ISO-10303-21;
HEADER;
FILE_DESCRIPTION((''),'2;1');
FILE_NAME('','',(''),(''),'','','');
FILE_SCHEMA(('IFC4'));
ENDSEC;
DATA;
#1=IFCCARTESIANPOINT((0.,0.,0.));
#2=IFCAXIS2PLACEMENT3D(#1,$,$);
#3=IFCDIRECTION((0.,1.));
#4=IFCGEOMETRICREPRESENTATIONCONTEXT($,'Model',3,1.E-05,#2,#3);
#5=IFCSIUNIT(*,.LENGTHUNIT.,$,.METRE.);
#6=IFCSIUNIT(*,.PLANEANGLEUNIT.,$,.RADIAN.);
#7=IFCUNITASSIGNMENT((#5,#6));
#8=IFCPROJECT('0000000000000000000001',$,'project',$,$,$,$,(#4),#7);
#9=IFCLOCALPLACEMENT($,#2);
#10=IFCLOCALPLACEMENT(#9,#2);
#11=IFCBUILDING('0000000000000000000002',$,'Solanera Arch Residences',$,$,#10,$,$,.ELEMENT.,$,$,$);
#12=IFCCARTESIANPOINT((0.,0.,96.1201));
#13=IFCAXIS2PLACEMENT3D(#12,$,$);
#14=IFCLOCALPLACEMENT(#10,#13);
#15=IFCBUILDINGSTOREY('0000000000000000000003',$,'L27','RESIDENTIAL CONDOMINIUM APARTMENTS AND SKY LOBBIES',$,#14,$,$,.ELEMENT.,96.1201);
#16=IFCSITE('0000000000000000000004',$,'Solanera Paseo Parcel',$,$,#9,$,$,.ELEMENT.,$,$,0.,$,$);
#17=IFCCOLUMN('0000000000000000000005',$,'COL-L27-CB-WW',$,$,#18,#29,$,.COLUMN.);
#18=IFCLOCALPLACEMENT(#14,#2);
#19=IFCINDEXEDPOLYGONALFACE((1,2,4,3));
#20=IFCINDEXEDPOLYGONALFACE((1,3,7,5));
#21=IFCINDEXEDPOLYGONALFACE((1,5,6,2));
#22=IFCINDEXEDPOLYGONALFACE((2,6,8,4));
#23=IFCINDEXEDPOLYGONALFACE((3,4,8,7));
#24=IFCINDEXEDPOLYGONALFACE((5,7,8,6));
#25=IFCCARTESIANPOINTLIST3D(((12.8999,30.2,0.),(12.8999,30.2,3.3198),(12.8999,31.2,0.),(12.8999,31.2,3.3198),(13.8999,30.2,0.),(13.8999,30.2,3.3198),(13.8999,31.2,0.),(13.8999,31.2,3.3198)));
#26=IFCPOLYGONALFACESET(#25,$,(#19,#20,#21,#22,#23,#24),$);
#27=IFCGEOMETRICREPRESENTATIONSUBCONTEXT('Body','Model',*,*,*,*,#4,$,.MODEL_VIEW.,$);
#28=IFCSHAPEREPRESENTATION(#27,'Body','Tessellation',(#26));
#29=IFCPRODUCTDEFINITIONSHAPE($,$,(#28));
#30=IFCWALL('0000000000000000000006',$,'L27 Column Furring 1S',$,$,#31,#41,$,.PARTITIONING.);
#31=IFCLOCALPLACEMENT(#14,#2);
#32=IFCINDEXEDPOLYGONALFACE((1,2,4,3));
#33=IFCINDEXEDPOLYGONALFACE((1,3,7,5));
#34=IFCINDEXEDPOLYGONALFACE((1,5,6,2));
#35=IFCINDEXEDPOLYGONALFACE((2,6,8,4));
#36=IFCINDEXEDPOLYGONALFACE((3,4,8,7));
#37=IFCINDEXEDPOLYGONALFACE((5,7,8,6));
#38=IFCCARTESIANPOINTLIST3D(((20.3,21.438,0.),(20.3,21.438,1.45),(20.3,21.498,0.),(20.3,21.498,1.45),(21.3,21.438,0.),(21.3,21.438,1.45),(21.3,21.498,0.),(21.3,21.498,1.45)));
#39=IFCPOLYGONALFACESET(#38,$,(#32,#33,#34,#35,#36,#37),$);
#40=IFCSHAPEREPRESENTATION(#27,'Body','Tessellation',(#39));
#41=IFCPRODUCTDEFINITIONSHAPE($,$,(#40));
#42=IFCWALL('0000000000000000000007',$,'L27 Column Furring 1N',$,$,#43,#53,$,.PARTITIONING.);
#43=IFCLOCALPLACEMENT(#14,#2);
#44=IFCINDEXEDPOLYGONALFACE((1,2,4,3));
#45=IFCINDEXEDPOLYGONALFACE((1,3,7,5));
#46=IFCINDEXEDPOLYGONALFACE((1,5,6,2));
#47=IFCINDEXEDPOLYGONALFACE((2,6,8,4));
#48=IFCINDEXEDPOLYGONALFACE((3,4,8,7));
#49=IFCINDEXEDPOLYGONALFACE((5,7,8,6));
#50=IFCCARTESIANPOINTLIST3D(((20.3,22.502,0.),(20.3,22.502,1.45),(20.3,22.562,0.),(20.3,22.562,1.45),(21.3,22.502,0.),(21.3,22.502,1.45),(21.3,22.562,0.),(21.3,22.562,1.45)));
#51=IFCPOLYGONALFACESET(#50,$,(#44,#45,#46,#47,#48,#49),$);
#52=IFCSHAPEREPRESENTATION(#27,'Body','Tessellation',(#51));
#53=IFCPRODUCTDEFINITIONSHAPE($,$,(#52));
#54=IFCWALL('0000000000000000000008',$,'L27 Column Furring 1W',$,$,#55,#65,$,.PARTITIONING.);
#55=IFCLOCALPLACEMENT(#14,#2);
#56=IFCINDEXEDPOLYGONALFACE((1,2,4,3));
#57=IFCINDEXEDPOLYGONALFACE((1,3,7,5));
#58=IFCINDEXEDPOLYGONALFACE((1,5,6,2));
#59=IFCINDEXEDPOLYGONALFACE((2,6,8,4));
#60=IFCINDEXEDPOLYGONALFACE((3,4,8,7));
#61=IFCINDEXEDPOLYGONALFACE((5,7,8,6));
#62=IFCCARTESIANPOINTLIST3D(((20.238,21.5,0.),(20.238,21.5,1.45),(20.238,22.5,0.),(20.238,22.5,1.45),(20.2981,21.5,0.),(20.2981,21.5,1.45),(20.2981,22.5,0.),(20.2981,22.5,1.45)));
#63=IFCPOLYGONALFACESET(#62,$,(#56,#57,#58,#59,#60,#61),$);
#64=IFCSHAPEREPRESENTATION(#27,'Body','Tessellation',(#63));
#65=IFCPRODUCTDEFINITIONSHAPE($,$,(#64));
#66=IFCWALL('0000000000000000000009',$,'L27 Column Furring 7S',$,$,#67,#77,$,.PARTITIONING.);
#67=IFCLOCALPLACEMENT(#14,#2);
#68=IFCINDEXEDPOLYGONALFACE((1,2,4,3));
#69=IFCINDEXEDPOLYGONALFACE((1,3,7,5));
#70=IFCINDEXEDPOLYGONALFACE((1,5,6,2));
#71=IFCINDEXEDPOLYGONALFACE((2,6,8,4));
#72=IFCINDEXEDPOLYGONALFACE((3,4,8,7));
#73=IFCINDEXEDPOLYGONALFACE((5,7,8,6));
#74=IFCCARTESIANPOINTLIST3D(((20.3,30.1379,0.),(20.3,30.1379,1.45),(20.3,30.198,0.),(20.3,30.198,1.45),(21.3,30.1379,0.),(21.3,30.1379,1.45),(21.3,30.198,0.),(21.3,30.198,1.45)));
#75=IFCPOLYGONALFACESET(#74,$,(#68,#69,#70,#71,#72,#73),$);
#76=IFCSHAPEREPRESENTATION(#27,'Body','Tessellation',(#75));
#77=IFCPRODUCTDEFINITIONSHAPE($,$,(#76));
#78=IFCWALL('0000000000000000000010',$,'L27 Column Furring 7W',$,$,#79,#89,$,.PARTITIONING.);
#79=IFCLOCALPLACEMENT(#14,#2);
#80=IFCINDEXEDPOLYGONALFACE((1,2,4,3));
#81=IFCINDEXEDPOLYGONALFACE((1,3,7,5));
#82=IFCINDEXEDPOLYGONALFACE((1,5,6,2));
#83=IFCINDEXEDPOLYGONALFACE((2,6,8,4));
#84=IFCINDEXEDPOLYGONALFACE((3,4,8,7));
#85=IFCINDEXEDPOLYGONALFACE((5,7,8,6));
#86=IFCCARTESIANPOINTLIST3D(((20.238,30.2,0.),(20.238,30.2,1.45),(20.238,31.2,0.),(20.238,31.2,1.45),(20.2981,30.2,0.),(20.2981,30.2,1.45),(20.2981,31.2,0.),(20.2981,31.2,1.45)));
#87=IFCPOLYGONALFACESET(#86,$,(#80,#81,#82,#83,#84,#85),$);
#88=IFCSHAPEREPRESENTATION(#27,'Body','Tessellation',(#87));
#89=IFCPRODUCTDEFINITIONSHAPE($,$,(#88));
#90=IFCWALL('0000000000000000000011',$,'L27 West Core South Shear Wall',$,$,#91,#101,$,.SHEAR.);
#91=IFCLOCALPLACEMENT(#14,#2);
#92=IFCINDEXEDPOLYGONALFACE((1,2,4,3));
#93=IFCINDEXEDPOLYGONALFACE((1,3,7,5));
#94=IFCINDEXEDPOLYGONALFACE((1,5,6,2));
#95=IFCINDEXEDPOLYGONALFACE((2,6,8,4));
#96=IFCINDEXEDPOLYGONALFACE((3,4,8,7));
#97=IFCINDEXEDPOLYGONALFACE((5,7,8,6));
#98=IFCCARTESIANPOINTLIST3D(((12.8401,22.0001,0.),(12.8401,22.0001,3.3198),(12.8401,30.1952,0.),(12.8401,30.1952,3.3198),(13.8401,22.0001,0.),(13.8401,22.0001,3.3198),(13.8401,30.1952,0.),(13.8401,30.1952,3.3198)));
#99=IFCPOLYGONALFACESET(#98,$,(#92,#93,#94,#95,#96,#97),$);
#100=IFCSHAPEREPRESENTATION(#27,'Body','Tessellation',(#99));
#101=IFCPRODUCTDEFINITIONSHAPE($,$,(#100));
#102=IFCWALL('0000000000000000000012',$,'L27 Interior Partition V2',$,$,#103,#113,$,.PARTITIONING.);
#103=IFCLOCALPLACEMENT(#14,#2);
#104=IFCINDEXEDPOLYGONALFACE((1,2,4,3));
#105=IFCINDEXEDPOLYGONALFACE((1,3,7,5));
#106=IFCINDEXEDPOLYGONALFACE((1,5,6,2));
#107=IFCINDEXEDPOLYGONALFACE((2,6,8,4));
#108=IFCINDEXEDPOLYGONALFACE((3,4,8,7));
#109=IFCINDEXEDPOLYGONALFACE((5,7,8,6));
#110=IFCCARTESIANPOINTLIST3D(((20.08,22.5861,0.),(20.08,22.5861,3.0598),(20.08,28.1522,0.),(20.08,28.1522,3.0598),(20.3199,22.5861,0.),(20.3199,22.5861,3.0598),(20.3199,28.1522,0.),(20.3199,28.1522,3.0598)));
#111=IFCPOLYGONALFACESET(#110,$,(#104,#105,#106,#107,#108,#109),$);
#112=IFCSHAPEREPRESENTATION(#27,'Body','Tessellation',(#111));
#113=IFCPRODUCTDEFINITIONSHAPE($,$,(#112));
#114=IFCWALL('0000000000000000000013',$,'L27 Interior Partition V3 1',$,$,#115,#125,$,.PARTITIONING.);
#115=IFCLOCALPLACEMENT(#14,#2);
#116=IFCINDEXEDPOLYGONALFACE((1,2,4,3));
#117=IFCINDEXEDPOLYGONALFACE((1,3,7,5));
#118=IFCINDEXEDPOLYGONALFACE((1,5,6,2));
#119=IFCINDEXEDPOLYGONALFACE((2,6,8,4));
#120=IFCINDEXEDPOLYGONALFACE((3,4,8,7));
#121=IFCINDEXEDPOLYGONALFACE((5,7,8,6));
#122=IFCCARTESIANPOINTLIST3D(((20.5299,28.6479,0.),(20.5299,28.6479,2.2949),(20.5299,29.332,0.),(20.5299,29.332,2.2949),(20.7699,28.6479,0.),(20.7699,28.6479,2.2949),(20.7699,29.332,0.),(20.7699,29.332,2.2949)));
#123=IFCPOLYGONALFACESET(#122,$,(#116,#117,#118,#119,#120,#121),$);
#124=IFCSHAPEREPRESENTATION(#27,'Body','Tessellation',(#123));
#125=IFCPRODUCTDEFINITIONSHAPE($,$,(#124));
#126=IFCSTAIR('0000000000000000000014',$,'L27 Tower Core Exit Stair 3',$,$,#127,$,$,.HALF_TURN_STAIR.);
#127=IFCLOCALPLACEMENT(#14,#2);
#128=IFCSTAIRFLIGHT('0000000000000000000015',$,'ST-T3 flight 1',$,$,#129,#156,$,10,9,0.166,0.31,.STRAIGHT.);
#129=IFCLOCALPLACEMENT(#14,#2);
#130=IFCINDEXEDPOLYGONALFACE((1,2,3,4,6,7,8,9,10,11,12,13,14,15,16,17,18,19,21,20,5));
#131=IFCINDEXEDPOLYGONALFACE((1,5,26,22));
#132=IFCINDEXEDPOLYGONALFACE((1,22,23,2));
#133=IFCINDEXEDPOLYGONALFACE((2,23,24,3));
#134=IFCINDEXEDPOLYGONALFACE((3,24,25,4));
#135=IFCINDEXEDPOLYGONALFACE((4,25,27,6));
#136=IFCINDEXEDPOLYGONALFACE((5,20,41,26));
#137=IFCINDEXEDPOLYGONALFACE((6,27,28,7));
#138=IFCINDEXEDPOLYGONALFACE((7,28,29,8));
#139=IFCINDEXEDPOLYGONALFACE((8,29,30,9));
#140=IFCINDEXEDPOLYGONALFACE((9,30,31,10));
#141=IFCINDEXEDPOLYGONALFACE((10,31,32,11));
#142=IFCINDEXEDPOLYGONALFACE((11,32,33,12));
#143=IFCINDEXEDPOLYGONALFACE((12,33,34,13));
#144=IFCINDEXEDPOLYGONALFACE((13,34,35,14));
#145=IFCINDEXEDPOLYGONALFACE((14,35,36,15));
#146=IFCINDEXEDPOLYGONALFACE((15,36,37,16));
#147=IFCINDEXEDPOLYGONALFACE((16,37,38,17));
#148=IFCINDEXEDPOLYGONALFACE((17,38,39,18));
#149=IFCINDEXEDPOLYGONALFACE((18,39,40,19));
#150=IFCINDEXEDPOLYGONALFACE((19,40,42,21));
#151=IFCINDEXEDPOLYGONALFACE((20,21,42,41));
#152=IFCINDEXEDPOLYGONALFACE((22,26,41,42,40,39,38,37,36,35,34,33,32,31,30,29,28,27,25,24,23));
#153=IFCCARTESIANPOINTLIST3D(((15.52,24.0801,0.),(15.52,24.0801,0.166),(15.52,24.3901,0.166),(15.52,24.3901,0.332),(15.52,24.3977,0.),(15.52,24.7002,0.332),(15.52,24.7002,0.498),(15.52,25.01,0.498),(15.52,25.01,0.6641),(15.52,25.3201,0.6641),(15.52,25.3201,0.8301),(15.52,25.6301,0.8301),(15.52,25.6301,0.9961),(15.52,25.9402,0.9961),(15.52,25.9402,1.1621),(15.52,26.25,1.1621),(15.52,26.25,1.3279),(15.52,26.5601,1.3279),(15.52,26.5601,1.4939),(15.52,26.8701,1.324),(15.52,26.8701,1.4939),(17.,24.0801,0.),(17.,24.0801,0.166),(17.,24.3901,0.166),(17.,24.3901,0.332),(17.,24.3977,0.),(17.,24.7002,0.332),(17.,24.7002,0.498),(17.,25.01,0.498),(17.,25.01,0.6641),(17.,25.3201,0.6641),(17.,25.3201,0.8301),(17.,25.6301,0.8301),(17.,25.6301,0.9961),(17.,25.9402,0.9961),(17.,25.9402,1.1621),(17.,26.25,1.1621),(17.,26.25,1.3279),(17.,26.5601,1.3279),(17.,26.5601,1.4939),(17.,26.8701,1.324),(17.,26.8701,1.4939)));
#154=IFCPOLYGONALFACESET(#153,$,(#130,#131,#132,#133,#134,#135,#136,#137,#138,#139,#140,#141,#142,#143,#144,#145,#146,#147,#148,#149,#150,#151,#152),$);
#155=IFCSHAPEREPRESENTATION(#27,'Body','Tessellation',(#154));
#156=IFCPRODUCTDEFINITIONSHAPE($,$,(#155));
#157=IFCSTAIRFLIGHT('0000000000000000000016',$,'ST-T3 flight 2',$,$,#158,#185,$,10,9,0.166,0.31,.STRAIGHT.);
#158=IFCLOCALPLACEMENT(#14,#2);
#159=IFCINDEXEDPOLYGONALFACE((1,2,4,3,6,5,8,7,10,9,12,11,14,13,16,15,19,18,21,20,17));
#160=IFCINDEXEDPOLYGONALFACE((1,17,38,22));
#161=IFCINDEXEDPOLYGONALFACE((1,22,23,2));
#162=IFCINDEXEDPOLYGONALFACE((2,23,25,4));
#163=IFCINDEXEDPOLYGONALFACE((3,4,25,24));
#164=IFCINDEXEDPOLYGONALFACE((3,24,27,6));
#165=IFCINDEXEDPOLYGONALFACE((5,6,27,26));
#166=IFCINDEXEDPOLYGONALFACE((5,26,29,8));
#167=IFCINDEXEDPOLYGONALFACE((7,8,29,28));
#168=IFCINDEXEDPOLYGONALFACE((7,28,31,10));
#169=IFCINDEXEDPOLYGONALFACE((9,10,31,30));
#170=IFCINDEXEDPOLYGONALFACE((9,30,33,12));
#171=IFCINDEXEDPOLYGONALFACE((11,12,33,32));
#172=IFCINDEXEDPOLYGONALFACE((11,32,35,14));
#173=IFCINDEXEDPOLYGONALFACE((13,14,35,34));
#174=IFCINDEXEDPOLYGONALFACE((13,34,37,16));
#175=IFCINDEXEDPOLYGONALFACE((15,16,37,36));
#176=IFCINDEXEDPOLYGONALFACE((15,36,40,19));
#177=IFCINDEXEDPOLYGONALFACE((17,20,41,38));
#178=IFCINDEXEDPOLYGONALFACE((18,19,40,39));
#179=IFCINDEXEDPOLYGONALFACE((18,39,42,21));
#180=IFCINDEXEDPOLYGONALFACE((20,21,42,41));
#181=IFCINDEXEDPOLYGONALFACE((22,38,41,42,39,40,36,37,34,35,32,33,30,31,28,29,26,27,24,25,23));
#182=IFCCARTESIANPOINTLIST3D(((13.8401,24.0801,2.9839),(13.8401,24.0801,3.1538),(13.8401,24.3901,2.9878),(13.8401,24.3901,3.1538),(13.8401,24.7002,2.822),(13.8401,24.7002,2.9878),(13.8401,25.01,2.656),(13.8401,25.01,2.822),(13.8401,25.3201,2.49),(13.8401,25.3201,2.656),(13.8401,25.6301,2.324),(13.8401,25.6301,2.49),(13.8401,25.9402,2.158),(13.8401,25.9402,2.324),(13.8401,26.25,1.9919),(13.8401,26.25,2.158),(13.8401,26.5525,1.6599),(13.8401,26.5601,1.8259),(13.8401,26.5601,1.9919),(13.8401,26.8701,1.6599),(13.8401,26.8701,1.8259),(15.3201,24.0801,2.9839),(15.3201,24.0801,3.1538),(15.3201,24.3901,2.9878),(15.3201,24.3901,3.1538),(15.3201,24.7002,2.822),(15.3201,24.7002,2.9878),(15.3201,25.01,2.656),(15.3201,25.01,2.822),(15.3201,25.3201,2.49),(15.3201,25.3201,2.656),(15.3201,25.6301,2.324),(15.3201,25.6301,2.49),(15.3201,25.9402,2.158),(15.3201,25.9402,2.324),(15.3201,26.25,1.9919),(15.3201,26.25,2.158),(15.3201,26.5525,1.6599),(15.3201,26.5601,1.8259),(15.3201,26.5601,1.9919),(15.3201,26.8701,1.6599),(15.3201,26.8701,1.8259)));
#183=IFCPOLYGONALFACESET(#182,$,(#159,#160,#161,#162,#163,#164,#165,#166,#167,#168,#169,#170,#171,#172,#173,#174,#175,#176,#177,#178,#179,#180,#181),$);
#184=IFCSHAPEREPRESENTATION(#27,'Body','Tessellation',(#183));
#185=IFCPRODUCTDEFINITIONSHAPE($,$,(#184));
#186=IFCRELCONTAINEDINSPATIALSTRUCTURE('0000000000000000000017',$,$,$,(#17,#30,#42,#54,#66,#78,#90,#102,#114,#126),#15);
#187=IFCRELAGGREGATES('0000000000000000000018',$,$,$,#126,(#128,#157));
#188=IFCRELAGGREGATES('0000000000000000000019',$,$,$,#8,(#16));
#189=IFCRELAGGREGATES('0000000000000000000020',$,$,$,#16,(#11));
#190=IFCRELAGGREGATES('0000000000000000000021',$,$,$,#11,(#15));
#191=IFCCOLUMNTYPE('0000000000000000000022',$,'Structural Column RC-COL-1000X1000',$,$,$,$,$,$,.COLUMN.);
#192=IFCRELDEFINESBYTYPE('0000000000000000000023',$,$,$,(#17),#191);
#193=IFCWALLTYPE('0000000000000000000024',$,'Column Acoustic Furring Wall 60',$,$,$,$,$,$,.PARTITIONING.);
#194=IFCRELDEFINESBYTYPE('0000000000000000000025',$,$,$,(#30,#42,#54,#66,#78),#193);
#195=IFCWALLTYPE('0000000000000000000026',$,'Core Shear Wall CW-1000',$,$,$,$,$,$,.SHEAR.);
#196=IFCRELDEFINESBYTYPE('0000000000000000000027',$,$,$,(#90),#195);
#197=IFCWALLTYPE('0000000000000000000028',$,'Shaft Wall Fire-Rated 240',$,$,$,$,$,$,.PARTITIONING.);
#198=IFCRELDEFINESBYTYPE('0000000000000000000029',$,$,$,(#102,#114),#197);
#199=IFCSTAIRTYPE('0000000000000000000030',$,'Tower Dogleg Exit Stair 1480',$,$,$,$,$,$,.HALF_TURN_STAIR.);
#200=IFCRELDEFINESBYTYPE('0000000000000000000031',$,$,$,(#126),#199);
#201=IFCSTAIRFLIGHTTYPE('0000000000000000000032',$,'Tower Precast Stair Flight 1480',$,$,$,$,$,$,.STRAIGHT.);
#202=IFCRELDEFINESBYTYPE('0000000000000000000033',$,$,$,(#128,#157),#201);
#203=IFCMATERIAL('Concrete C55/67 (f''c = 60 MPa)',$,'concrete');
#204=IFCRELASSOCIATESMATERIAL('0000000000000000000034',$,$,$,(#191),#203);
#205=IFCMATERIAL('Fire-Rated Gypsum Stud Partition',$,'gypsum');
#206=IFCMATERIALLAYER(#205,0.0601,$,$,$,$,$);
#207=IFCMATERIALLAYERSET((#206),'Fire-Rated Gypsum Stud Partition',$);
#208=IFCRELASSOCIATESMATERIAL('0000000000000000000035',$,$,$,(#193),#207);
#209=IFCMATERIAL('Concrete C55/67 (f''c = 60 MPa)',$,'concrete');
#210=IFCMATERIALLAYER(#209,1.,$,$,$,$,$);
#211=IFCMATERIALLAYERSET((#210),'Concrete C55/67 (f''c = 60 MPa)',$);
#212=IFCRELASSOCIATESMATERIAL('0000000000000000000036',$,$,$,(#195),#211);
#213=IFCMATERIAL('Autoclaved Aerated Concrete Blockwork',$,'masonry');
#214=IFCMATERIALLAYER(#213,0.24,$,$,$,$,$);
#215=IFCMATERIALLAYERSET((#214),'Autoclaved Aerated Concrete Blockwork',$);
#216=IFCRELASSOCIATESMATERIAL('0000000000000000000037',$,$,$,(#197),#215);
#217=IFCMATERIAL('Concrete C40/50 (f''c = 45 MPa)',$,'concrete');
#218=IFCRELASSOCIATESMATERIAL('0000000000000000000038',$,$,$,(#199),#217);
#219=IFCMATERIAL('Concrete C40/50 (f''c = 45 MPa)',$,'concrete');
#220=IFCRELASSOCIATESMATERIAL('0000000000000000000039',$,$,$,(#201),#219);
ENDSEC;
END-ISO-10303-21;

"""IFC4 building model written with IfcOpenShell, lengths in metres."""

from ifc_helpers import new_model, si_unit, direction, frame, frame_2d, origin, origin_2d, place, context, subcontext, project, spatial, polyline, rectangle, outline, extrude, material, layer, layer_set, material_profile, profile_set, type_object, element, aggregate, save


model = new_model("IFC4")

# Units and contexts
model_context = context("Model", 3, precision=1e-05, world=origin(), true_north=direction((0.0, 1.0)))
body_context = subcontext(model_context, "Body", "Model", "MODEL_VIEW")
ifc_project = project(units=[si_unit("LENGTHUNIT", "METRE"), si_unit("PLANEANGLEUNIT", "RADIAN")], contexts=[model_context])

# Site, building, storey
site_placement = place(None, origin())
site = spatial("IfcSite", under=ifc_project, at=site_placement, Name="Solanera Paseo Parcel", CompositionType="ELEMENT", RefElevation=0.0)
building_placement = place(site_placement, origin())
building = spatial("IfcBuilding", under=site, at=building_placement, Name="Solanera Arch Residences", CompositionType="ELEMENT")
storey_placement = place(building_placement, frame((0.0, 0.0, 96.1201)))
storey = spatial("IfcBuildingStorey", under=building, at=storey_placement, Name="L27", Description="RESIDENTIAL CONDOMINIUM APARTMENTS AND SKY LOBBIES", CompositionType="ELEMENT", Elevation=96.1201)

# Column
ifc_material_1 = material(Name="Concrete C55/67 (f'c = 60 MPa)", Category="concrete")
ifc_material_profile = material_profile(ifc_material_1, rectangle(XDim=1.0, YDim=1.0, at=origin_2d()))
ifc_profile_set = profile_set([ifc_material_profile], Name="Concrete C55/67 (f'c = 60 MPa)")
column_type = type_object("IfcColumnType", Name="Structural Column RC-COL-1000X1000", PredefinedType="COLUMN", material=ifc_profile_set)
column_placement = place(storey_placement, frame((13.3999, 30.7, 0.0), z_axis=(0.0, 0.0, 1.0), x_axis=(1.0, 0.0, 0.0)))
element("IfcColumn", 1, at=column_placement, inside=storey, type_object=column_type, Name="COL-L27-CB-WW", PredefinedType="COLUMN", context=body_context, shape_type="SweptSolid", body=[
    extrude(rectangle(XDim=1.0, YDim=1.0, at=origin_2d()), origin(), (0.0, 0.0, 1.0), 3.3198),
])

# Walls
ifc_material_2 = material(Name="Fire-Rated Gypsum Stud Partition", Category="gypsum")
ifc_layer_1 = layer(ifc_material_2, 0.0601)
ifc_layer_set_1 = layer_set([ifc_layer_1], Name="Fire-Rated Gypsum Stud Partition")
wall_type_1 = type_object("IfcWallType", Name="Column Acoustic Furring Wall 60", PredefinedType="PARTITIONING", material=ifc_layer_set_1)
for number, where, z_axis, x_axis, name in (
    (2, (20.3, 21.468, 0.0), (0.0, 0.0, 1.0), (1.0, 0.0, 0.0), "L27 Column Furring 1S"),
    (3, (20.3, 22.532, 0.0), (0.0, 0.0, 1.0), (1.0, 0.0, 0.0), "L27 Column Furring 1N"),
    (4, (20.2681, 21.5, 0.0), (0.0, 0.0, 1.0), (0.0, 1.0, 0.0), "L27 Column Furring 1W"),
    (5, (20.3, 30.168, 0.0), (0.0, 0.0, 1.0), (1.0, 0.0, 0.0), "L27 Column Furring 7S"),
    (6, (20.2681, 30.2, 0.0), (0.0, 0.0, 1.0), (0.0, 1.0, 0.0), "L27 Column Furring 7W"),
):
    element("IfcWall", number, at=place(storey_placement, frame(where, z_axis=z_axis, x_axis=x_axis)), inside=storey, type_object=wall_type_1, Name=name, PredefinedType="PARTITIONING", context=body_context, shape_type="SweptSolid", body=[
        extrude(rectangle(XDim=1.0, YDim=0.0601, at=frame_2d((0.5, 0.0))), origin(), (0.0, 0.0, 1.0), 1.45),
    ])
ifc_material_3 = material(Name="Concrete C55/67 (f'c = 60 MPa)", Category="concrete")
ifc_layer_2 = layer(ifc_material_3, 1.0)
ifc_layer_set_2 = layer_set([ifc_layer_2], Name="Concrete C55/67 (f'c = 60 MPa)")
wall_type_2 = type_object("IfcWallType", Name="Core Shear Wall CW-1000", PredefinedType="SHEAR", material=ifc_layer_set_2)
wall_1_placement = place(storey_placement, frame((13.3401, 22.0, 0.0), z_axis=(0.0, 0.0, 1.0), x_axis=(0.0, 1.0, 0.0)))
element("IfcWall", 7, at=wall_1_placement, inside=storey, type_object=wall_type_2, Name="L27 West Core South Shear Wall", PredefinedType="SHEAR", context=body_context, shape_type="SweptSolid", body=[
    extrude(rectangle(XDim=8.1951, YDim=1.0, at=frame_2d((4.0977, 0.0))), origin(), (0.0, 0.0, 1.0), 3.3198),
])

# Shared definitions
ifc_material_4 = material(Name="Autoclaved Aerated Concrete Blockwork", Category="masonry")
ifc_layer_3 = layer(ifc_material_4, 0.24)
ifc_layer_set_3 = layer_set([ifc_layer_3], Name="Autoclaved Aerated Concrete Blockwork")
wall_type_3 = type_object("IfcWallType", Name="Shaft Wall Fire-Rated 240", PredefinedType="PARTITIONING", material=ifc_layer_set_3)

# Walls
wall_2_placement = place(storey_placement, frame((20.2, 22.5859, 0.0), z_axis=(0.0, 0.0, 1.0), x_axis=(0.0, 1.0, 0.0)))
element("IfcWall", 8, at=wall_2_placement, inside=storey, type_object=wall_type_3, Name="L27 Interior Partition V2", PredefinedType="PARTITIONING", context=body_context, shape_type="SweptSolid", body=[
    extrude(rectangle(XDim=5.5662, YDim=0.24, at=frame_2d((2.7832, 0.0))), origin(), (0.0, 0.0, 1.0), 3.0598),
])
wall_3_placement = place(storey_placement, frame((20.6499, 28.6479, 0.0), z_axis=(0.0, 0.0, 1.0), x_axis=(0.0, 1.0, 0.0)))
element("IfcWall", 9, at=wall_3_placement, inside=storey, type_object=wall_type_3, Name="L27 Interior Partition V3 1", PredefinedType="PARTITIONING", context=body_context, shape_type="SweptSolid", body=[
    extrude(rectangle(XDim=0.6841, YDim=0.24, at=frame_2d((0.342, 0.0))), origin(), (0.0, 0.0, 1.0), 2.2949),
])

# Stair, stair flights
ifc_material_5 = material(Name="Concrete C40/50 (f'c = 45 MPa)", Category="concrete")
stair_type = type_object("IfcStairType", Name="Tower Dogleg Exit Stair 1480", PredefinedType="HALF_TURN_STAIR", material=ifc_material_5)
stair_placement = place(storey_placement, origin())
stair = element("IfcStair", 10, at=stair_placement, inside=storey, type_object=stair_type, Name="L27 Tower Core Exit Stair 3", PredefinedType="HALF_TURN_STAIR")
ifc_material_6 = material(Name="Concrete C40/50 (f'c = 45 MPa)", Category="concrete")
stair_flight_type = type_object("IfcStairFlightType", Name="Tower Precast Stair Flight 1480", PredefinedType="STRAIGHT", material=ifc_material_6)
stair_flight_1_placement = place(storey_placement, frame((16.26, 24.0801, 0.0), z_axis=(0.0, 0.0, 1.0), x_axis=(0.0, 1.0, 0.0)))
stair_flight_1 = element("IfcStairFlight", 11, at=stair_flight_1_placement, type_object=stair_flight_type, Name="ST-T3 flight 1", NumberOfRisers=10, NumberOfTreads=9, PredefinedType="STRAIGHT", RiserHeight=0.166, TreadLength=0.31, context=body_context, shape_type="SweptSolid", body=[
    extrude(outline(polyline([(0.0, 0.0), (0.0, 0.166), (0.3101, 0.166), (0.3101, 0.332), (0.6201, 0.332), (0.6201, 0.498), (0.9299, 0.498), (0.9299, 0.6641), (1.24, 0.6641), (1.24, 0.8301), (1.55, 0.8301), (1.55, 0.9961), (1.8601, 0.9961), (1.8601, 1.1621), (2.1699, 1.1621), (2.1699, 1.3279), (2.48, 1.3279), (2.48, 1.4939), (2.79, 1.4939), (2.79, 1.6599), (2.79, 1.324), (0.3176, 0.0), (0.0, 0.0)])), frame((0.0, 0.74, 0.0), z_axis=(0.0, -1.0, 0.0), x_axis=(1.0, 0.0, 0.0)), (0.0, 0.0, 1.0), 1.48),
])
stair_flight_2_placement = place(storey_placement, frame((14.5801, 26.8701, 1.6599), z_axis=(0.0, 0.0, 1.0), x_axis=(0.0, -1.0, 0.0)))
stair_flight_2 = element("IfcStairFlight", 12, at=stair_flight_2_placement, type_object=stair_flight_type, Name="ST-T3 flight 2", NumberOfRisers=10, NumberOfTreads=9, PredefinedType="STRAIGHT", RiserHeight=0.166, TreadLength=0.31, context=body_context, shape_type="SweptSolid", body=[
    extrude(outline(polyline([(0.0, 0.0), (0.0, 0.166), (0.3101, 0.166), (0.3101, 0.332), (0.6201, 0.332), (0.6201, 0.498), (0.9299, 0.498), (0.9299, 0.6641), (1.24, 0.6641), (1.24, 0.8301), (1.55, 0.8301), (1.55, 0.9961), (1.8601, 0.9961), (1.8601, 1.1621), (2.1699, 1.1621), (2.1699, 1.3279), (2.48, 1.3279), (2.48, 1.4939), (2.79, 1.4939), (2.79, 1.6599), (2.79, 1.324), (0.3176, 0.0), (0.0, 0.0)])), frame((0.0, 0.74, 0.0), z_axis=(0.0, -1.0, 0.0), x_axis=(1.0, 0.0, 0.0)), (0.0, 0.0, 1.0), 1.48),
])
aggregate(stair, [stair_flight_1, stair_flight_2])

save(model, "model.ifc")
